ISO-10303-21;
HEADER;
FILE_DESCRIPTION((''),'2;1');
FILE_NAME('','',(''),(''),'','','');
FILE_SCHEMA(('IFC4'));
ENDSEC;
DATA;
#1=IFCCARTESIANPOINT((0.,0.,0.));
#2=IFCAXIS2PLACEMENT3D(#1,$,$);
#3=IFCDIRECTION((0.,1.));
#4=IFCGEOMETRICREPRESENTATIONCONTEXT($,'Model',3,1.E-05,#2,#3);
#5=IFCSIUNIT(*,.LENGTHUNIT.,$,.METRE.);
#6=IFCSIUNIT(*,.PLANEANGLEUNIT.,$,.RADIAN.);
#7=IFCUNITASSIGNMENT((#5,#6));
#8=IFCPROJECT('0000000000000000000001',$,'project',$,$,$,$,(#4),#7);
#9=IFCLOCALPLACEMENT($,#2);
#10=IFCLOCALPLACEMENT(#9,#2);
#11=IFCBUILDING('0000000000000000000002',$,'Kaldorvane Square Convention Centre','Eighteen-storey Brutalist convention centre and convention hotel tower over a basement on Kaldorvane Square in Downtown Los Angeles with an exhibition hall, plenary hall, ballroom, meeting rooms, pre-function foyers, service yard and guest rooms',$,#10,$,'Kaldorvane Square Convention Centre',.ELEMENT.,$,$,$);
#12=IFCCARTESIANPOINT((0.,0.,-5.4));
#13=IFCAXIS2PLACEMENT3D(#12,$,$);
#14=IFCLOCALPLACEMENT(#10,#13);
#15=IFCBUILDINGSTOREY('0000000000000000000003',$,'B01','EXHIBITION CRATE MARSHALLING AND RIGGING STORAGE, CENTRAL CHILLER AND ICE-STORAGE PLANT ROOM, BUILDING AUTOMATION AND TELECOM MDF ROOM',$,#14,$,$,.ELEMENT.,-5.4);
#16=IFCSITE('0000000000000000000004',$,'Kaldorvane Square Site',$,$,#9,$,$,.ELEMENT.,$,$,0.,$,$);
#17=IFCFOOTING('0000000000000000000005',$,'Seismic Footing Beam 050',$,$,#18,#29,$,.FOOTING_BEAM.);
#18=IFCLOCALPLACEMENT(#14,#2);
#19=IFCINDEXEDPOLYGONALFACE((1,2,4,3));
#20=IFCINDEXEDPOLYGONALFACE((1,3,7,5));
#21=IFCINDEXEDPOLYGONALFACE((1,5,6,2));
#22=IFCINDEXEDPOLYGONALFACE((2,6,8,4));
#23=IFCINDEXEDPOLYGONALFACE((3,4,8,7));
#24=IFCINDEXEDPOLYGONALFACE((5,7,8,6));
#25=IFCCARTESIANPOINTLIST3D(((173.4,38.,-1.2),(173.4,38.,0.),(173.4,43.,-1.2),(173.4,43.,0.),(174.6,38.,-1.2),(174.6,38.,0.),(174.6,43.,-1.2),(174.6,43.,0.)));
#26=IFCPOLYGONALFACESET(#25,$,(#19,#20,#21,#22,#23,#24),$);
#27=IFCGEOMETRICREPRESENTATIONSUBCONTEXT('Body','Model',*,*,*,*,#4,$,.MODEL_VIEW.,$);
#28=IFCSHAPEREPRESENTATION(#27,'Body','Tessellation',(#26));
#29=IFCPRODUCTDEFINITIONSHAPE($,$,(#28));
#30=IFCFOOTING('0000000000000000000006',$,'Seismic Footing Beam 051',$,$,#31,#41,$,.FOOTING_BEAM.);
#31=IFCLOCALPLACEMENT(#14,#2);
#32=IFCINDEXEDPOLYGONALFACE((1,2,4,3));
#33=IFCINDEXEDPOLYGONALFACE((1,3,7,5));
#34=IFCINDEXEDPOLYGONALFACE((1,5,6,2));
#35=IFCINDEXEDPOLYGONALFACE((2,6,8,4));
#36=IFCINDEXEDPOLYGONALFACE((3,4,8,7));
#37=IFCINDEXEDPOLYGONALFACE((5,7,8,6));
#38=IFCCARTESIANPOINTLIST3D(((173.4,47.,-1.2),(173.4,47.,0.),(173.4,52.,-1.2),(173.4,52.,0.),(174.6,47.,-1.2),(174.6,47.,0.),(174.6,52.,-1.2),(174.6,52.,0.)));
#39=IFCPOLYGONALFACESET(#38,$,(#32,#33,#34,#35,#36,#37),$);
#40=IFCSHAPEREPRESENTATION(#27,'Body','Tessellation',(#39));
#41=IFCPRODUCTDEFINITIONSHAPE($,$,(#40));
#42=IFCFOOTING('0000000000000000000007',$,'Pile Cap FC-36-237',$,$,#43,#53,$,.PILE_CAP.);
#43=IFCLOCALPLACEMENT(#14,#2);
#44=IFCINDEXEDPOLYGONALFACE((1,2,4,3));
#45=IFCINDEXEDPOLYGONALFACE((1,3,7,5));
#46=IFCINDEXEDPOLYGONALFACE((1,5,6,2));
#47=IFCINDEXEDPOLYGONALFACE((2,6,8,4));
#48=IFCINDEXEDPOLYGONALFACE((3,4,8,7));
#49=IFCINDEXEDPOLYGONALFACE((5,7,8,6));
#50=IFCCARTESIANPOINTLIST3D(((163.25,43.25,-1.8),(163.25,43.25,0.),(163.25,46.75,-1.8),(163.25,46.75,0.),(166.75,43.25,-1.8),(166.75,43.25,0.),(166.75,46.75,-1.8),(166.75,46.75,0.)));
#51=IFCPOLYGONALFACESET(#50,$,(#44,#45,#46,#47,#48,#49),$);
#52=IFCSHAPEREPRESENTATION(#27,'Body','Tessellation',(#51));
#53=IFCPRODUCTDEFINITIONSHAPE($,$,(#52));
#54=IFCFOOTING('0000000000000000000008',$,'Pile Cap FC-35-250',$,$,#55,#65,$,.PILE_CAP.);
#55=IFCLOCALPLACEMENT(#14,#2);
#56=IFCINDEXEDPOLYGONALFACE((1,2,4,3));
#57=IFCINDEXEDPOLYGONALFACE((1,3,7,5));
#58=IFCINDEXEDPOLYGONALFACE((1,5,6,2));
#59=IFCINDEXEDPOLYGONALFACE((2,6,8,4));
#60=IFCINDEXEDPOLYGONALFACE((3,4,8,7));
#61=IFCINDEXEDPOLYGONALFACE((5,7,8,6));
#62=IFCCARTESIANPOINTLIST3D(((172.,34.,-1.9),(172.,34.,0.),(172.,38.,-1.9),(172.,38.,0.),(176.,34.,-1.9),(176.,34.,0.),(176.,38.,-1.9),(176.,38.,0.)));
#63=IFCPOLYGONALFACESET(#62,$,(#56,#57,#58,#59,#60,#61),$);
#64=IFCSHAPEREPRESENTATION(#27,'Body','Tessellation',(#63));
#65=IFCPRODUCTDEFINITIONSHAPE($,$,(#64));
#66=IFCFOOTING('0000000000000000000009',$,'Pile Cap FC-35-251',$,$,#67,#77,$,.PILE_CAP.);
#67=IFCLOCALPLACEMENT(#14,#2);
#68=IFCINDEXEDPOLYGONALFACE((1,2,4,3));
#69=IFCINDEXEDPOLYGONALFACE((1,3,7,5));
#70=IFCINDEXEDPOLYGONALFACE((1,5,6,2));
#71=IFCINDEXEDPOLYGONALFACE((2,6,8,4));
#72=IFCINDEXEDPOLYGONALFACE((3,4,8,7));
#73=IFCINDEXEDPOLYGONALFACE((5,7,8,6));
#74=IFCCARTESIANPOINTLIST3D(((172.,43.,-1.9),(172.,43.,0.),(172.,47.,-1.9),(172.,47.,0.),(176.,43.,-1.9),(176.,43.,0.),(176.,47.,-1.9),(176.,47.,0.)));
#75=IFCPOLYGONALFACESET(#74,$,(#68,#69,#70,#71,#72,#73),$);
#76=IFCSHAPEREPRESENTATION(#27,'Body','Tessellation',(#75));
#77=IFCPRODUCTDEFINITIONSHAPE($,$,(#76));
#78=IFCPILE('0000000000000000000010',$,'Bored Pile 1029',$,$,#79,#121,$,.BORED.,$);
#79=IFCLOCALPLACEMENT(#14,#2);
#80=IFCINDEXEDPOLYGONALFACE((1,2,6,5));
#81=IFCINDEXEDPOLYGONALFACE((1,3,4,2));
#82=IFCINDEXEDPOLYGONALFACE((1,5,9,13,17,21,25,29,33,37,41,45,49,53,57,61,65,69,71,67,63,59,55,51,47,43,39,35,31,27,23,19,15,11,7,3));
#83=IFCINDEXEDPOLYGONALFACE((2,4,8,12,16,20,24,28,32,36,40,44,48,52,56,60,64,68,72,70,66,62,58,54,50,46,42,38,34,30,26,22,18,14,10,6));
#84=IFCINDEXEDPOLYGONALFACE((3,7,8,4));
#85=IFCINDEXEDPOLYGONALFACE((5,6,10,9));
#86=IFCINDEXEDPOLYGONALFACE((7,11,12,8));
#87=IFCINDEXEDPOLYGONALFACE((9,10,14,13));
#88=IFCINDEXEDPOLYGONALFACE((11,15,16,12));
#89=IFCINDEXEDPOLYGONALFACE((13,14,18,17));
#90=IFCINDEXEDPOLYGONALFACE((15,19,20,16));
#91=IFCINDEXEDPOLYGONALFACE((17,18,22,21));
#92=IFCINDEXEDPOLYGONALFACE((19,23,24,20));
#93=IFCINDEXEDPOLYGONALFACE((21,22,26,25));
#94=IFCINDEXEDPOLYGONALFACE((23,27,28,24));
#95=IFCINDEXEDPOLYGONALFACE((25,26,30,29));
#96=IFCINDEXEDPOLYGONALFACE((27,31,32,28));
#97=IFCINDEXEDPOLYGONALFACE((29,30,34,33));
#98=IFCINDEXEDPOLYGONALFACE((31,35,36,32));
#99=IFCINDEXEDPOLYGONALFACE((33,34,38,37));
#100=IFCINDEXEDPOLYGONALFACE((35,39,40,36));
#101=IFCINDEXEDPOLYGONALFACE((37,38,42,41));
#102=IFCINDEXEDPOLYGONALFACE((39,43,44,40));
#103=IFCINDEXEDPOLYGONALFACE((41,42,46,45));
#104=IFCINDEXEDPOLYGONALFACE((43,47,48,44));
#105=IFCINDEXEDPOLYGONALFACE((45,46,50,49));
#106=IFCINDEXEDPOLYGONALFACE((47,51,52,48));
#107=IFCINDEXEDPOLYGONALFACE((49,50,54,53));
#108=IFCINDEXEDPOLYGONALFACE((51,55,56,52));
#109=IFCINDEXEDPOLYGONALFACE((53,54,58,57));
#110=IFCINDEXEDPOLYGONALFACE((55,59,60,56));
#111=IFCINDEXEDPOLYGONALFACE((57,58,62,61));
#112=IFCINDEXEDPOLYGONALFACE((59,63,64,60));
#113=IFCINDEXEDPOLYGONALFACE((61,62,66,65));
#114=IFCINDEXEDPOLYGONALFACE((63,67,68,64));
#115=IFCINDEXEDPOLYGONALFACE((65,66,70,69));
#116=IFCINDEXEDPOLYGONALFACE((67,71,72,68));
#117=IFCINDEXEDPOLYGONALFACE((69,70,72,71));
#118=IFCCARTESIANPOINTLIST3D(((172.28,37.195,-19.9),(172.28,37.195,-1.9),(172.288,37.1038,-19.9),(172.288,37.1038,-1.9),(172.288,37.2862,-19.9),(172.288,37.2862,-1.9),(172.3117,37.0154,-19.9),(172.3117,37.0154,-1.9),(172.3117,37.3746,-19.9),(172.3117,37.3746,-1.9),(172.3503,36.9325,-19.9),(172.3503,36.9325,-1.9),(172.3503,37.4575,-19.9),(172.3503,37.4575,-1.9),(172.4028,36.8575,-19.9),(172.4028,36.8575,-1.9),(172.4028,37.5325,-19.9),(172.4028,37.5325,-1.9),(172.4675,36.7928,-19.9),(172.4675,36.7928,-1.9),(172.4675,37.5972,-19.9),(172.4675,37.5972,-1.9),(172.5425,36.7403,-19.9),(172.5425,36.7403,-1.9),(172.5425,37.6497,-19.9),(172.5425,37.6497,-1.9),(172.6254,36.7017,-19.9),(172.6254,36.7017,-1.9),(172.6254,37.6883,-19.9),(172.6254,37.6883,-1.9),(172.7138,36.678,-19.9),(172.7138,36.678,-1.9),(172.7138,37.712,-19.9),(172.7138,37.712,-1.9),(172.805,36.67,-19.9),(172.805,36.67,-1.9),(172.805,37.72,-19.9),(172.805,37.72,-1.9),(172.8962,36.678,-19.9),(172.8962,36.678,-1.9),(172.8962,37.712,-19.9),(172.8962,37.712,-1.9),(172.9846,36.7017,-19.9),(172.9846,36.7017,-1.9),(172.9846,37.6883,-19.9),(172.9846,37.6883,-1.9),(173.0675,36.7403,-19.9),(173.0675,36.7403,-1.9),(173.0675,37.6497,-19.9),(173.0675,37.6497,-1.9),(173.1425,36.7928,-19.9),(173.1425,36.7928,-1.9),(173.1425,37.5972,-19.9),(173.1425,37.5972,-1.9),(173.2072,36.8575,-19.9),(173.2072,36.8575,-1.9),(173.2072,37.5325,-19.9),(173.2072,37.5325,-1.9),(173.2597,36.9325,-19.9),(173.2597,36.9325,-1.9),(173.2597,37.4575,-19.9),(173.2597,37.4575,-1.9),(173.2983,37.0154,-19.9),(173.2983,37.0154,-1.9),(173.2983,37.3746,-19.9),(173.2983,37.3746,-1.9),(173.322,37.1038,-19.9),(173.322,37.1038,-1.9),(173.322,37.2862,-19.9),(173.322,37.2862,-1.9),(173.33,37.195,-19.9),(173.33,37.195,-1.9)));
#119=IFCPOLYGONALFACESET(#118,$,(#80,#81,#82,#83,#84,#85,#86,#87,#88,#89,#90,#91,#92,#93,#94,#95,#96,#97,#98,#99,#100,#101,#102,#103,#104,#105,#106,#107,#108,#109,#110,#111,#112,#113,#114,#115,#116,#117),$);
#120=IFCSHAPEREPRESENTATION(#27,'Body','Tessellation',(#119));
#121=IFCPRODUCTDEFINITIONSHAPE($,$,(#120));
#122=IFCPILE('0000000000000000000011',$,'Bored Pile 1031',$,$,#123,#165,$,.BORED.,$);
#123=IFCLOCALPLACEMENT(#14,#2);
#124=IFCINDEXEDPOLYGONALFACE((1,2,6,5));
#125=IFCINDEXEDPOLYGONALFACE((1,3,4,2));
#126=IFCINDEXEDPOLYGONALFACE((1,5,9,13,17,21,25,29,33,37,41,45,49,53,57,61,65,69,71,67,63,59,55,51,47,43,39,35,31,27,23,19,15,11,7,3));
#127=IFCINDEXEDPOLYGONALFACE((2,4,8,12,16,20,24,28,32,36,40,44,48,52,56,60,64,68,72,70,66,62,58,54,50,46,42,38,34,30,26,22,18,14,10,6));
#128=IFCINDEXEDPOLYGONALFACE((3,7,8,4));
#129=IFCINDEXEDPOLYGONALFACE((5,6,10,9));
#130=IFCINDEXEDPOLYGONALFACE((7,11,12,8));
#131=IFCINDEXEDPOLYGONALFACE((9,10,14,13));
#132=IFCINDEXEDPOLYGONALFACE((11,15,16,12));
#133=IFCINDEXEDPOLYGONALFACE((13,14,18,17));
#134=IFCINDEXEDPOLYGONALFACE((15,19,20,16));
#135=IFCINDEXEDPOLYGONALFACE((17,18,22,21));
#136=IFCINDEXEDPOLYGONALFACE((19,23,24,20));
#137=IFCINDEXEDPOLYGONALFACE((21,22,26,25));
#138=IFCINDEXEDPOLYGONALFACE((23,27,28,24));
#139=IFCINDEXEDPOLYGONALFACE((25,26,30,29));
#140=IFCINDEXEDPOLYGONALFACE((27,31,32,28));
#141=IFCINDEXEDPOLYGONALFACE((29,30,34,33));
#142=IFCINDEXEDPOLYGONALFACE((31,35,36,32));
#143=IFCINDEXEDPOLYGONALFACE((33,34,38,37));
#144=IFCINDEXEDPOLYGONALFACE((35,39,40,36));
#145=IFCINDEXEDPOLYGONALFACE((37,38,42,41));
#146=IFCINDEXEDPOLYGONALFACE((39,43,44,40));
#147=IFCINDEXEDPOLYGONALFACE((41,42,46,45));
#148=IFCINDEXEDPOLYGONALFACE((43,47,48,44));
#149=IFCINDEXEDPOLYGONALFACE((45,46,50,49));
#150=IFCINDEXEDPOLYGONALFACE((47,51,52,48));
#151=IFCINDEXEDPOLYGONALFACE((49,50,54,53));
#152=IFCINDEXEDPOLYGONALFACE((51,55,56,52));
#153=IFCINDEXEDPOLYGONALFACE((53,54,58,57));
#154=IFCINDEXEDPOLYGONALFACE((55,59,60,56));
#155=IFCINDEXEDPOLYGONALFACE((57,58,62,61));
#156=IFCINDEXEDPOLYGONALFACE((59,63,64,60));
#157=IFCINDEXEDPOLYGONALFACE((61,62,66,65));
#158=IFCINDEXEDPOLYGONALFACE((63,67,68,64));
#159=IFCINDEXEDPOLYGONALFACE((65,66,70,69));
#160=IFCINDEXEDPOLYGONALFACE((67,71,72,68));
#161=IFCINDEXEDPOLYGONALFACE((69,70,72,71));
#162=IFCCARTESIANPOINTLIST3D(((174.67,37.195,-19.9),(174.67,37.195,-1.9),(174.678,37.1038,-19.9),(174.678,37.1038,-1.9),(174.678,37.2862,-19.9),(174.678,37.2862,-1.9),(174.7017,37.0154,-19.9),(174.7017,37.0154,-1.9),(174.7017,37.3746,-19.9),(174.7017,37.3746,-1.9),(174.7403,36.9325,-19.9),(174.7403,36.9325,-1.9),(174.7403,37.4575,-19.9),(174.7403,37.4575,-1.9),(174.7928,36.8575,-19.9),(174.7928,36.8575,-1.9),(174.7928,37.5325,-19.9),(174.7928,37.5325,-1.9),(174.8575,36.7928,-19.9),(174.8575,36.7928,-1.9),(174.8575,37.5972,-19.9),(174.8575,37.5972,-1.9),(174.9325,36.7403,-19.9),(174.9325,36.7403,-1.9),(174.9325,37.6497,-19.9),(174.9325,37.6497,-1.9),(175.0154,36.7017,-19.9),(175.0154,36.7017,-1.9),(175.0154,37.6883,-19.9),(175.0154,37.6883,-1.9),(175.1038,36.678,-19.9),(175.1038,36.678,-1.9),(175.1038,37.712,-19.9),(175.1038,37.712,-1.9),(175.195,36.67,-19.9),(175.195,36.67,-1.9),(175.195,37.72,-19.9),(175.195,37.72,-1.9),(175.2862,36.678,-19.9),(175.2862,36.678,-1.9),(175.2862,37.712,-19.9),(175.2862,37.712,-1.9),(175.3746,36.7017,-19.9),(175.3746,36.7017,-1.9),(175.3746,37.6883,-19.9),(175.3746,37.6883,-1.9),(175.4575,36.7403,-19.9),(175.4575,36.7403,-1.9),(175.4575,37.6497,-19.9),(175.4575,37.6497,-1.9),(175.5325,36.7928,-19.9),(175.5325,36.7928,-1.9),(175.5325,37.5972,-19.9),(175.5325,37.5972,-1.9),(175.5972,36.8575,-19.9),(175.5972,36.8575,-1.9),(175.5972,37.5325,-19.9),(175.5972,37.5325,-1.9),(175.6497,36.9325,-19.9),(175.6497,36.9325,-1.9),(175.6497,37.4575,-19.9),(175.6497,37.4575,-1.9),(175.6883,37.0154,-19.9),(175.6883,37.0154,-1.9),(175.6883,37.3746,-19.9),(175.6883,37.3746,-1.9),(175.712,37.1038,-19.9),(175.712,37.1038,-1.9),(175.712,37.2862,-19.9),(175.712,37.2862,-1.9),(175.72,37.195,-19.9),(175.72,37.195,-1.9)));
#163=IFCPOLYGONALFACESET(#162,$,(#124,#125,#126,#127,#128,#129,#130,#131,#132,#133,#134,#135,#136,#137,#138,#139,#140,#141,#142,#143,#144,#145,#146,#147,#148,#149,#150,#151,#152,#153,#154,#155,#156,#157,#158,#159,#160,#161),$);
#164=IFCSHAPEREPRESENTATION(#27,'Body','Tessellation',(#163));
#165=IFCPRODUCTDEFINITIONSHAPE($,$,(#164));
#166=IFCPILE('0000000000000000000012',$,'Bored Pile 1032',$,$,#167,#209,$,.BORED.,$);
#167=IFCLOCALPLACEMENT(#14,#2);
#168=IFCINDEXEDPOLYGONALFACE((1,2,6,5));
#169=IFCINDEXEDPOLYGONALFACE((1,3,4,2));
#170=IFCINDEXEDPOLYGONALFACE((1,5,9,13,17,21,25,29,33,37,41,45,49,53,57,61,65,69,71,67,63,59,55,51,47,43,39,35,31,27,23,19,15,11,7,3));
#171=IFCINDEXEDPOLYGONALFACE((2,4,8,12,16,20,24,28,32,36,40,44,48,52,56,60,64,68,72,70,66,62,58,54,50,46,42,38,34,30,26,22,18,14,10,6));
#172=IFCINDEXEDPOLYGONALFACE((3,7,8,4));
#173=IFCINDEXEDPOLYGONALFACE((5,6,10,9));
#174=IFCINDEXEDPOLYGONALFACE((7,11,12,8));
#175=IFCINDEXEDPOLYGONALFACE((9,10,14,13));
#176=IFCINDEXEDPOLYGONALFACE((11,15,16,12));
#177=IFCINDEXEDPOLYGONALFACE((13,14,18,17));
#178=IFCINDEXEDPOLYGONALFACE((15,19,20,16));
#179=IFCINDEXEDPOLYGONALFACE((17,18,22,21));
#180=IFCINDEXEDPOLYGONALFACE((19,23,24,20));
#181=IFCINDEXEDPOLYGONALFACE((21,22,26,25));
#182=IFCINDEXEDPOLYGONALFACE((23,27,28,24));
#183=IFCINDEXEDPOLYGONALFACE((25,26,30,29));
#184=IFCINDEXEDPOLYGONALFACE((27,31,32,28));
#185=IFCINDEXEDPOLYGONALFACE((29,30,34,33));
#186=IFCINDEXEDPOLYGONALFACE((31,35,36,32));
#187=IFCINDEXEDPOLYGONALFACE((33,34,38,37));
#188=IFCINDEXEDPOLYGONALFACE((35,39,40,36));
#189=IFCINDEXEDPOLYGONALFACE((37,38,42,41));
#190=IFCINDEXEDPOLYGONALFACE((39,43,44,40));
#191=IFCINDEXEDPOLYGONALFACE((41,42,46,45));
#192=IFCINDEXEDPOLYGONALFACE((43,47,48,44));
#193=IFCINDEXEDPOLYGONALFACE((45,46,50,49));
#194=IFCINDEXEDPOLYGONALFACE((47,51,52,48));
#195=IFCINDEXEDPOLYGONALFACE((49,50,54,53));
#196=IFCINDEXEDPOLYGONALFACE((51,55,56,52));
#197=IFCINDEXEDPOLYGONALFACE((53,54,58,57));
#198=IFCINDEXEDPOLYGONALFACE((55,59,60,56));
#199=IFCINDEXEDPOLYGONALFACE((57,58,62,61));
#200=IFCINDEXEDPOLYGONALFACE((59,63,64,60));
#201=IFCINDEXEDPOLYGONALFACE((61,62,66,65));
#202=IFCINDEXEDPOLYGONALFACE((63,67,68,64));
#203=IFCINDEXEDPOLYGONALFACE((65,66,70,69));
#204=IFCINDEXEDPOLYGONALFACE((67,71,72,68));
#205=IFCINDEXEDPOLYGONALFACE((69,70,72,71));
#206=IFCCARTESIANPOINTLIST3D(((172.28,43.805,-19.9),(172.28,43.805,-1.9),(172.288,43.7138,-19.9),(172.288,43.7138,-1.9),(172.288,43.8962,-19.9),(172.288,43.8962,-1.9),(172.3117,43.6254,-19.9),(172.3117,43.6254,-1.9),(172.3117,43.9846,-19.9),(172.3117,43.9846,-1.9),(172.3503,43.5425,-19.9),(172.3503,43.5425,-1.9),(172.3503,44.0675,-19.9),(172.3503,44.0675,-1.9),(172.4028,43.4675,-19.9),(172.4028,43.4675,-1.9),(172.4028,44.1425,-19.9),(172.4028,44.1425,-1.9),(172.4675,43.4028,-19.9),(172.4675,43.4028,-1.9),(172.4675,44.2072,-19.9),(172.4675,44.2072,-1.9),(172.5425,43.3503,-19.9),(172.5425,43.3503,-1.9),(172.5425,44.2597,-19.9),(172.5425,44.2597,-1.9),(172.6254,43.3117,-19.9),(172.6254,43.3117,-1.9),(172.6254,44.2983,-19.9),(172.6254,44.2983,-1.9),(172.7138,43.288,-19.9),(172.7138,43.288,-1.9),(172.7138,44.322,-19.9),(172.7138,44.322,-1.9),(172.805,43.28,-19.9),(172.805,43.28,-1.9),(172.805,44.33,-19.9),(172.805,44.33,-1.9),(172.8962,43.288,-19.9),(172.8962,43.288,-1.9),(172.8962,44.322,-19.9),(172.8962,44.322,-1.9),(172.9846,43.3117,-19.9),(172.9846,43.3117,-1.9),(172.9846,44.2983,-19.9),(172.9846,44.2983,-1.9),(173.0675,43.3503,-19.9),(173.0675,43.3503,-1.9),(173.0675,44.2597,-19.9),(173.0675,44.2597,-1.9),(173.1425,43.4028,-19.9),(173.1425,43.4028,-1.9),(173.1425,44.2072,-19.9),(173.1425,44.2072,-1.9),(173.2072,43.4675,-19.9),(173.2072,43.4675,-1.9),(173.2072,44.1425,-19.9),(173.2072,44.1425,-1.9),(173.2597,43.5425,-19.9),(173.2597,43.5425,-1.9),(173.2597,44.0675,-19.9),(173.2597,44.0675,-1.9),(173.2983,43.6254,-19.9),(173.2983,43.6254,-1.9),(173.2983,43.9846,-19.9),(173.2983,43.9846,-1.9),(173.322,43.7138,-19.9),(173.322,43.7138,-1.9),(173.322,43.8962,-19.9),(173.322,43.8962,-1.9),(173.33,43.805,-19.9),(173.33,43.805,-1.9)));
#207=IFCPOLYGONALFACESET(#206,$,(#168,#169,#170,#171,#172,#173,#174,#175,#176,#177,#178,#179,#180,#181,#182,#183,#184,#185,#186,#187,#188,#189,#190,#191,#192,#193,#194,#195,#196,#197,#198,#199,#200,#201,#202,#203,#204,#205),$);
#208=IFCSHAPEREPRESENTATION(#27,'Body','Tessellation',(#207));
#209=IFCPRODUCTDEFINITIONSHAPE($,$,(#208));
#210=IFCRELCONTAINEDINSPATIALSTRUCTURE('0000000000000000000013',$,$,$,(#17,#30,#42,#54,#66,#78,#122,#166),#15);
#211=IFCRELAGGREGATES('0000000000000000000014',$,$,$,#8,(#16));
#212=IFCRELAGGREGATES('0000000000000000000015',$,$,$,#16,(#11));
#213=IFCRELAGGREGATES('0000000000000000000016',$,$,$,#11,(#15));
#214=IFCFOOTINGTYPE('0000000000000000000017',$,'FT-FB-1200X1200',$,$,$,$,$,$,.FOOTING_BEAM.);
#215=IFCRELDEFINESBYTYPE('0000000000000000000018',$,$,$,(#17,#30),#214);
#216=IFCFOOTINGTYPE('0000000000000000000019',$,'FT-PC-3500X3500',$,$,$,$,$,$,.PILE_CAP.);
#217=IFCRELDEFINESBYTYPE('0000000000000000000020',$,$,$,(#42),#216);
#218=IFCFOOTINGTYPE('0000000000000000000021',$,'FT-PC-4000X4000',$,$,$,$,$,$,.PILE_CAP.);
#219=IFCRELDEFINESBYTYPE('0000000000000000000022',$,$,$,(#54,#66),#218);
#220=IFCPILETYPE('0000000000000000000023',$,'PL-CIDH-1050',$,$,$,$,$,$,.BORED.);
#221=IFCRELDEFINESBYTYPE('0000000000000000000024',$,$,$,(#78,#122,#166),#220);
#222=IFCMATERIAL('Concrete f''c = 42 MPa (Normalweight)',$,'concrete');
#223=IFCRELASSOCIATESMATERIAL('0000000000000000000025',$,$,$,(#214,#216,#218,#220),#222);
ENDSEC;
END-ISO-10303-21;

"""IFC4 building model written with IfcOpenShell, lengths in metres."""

from ifc_helpers import new_model, si_unit, direction, frame, origin, origin_2d, place, context, subcontext, project, spatial, rectangle, circle, extrude, material, material_profile, profile_set, type_object, element, save


model = new_model("IFC4")

# Units and contexts
model_context = context("Model", 3, precision=1e-05, world=origin(), true_north=direction((0.0, 1.0)))
body_context = subcontext(model_context, "Body", "Model", "MODEL_VIEW")
ifc_project = project(units=[si_unit("LENGTHUNIT", "METRE"), si_unit("PLANEANGLEUNIT", "RADIAN")], contexts=[model_context])

# Site, building, storey
site_placement = place(None, origin())
site = spatial("IfcSite", under=ifc_project, at=site_placement, Name="Kaldorvane Square Site", CompositionType="ELEMENT", RefElevation=0.0)
building_placement = place(site_placement, origin())
building = spatial("IfcBuilding", under=site, at=building_placement, Name="Kaldorvane Square Convention Centre", Description="Eighteen-storey Brutalist convention centre and convention hotel tower over a basement on Kaldorvane Square in Downtown Los Angeles with an exhibition hall, plenary hall, ballroom, meeting rooms, pre-function foyers, service yard and guest rooms", LongName="Kaldorvane Square Convention Centre", CompositionType="ELEMENT")
storey_placement = place(building_placement, frame((0.0, 0.0, -5.4)))
storey = spatial("IfcBuildingStorey", under=building, at=storey_placement, Name="B01", Description="EXHIBITION CRATE MARSHALLING AND RIGGING STORAGE, CENTRAL CHILLER AND ICE-STORAGE PLANT ROOM, BUILDING AUTOMATION AND TELECOM MDF ROOM", CompositionType="ELEMENT", Elevation=-5.4)

# Footings
ifc_material_1 = material(Name="Concrete f'c = 42 MPa (Normalweight)", Category="concrete")
footing_type_1 = type_object("IfcFootingType", Name="FT-FB-1200X1200", PredefinedType="FOOTING_BEAM", material=ifc_material_1)
for number, where, z_axis, x_axis, name in (
    (1, (174.0, 40.5, -1.2), (0.0, 0.0, 1.0), (1.0, 0.0, 0.0), "Seismic Footing Beam 050"),
    (2, (174.0, 49.5, -1.2), (0.0, 0.0, 1.0), (1.0, 0.0, 0.0), "Seismic Footing Beam 051"),
):
    element("IfcFooting", number, at=place(storey_placement, frame(where, z_axis=z_axis, x_axis=x_axis)), inside=storey, type_object=footing_type_1, Name=name, PredefinedType="FOOTING_BEAM", context=body_context, shape_type="SweptSolid", body=[
        extrude(rectangle(XDim=1.2, YDim=5.0, at=origin_2d()), origin(), (0.0, 0.0, 1.0), 1.2),
    ])
footing_type_2 = type_object("IfcFootingType", Name="FT-PC-3500X3500", PredefinedType="PILE_CAP", material=ifc_material_1)
footing_placement = place(storey_placement, frame((165.0, 45.0, -1.8), z_axis=(0.0, 0.0, 1.0), x_axis=(1.0, 0.0, 0.0)))
element("IfcFooting", 3, at=footing_placement, inside=storey, type_object=footing_type_2, Name="Pile Cap FC-36-237", PredefinedType="PILE_CAP", context=body_context, shape_type="SweptSolid", body=[
    extrude(rectangle(XDim=3.5, YDim=3.5, at=origin_2d()), origin(), (0.0, 0.0, 1.0), 1.8),
])
footing_type_3 = type_object("IfcFootingType", Name="FT-PC-4000X4000", PredefinedType="PILE_CAP", material=ifc_material_1)
for number, where, z_axis, x_axis, name in (
    (4, (174.0, 36.0, -1.9), (0.0, 0.0, 1.0), (1.0, 0.0, 0.0), "Pile Cap FC-35-250"),
    (5, (174.0, 45.0, -1.9), (0.0, 0.0, 1.0), (1.0, 0.0, 0.0), "Pile Cap FC-35-251"),
):
    element("IfcFooting", number, at=place(storey_placement, frame(where, z_axis=z_axis, x_axis=x_axis)), inside=storey, type_object=footing_type_3, Name=name, PredefinedType="PILE_CAP", context=body_context, shape_type="SweptSolid", body=[
        extrude(rectangle(XDim=4.0, YDim=4.0, at=origin_2d()), origin(), (0.0, 0.0, 1.0), 1.9),
    ])

# Piles
ifc_material_profile_1 = material_profile(ifc_material_1, circle(Radius=0.525, at=origin_2d()), Name="PILE-D1050")
ifc_profile_set_1 = profile_set([ifc_material_profile_1], Name="Concrete f'c = 42 MPa (Normalweight)")
pile_type_1 = type_object("IfcPileType", Name="PL-CIDH-1050", PredefinedType="BORED", material=ifc_profile_set_1)
for number, where, z_axis, x_axis, name in (
    (6, (172.805, 37.195, -1.9), (0.0, 0.0, -1.0), (1.0, 0.0, 0.0), "Bored Pile 1029"),
    (7, (175.195, 37.195, -1.9), (0.0, 0.0, -1.0), (1.0, 0.0, 0.0), "Bored Pile 1031"),
    (8, (172.805, 43.805, -1.9), (0.0, 0.0, -1.0), (1.0, 0.0, 0.0), "Bored Pile 1032"),
):
    element("IfcPile", number, at=place(storey_placement, frame(where, z_axis=z_axis, x_axis=x_axis)), inside=storey, type_object=pile_type_1, Name=name, PredefinedType="BORED", context=body_context, shape_type="SweptSolid", body=[
        extrude(circle(Radius=0.525, at=origin_2d()), origin(), (0.0, 0.0, 1.0), 18.0),
    ])

save(model, "model.ifc")
